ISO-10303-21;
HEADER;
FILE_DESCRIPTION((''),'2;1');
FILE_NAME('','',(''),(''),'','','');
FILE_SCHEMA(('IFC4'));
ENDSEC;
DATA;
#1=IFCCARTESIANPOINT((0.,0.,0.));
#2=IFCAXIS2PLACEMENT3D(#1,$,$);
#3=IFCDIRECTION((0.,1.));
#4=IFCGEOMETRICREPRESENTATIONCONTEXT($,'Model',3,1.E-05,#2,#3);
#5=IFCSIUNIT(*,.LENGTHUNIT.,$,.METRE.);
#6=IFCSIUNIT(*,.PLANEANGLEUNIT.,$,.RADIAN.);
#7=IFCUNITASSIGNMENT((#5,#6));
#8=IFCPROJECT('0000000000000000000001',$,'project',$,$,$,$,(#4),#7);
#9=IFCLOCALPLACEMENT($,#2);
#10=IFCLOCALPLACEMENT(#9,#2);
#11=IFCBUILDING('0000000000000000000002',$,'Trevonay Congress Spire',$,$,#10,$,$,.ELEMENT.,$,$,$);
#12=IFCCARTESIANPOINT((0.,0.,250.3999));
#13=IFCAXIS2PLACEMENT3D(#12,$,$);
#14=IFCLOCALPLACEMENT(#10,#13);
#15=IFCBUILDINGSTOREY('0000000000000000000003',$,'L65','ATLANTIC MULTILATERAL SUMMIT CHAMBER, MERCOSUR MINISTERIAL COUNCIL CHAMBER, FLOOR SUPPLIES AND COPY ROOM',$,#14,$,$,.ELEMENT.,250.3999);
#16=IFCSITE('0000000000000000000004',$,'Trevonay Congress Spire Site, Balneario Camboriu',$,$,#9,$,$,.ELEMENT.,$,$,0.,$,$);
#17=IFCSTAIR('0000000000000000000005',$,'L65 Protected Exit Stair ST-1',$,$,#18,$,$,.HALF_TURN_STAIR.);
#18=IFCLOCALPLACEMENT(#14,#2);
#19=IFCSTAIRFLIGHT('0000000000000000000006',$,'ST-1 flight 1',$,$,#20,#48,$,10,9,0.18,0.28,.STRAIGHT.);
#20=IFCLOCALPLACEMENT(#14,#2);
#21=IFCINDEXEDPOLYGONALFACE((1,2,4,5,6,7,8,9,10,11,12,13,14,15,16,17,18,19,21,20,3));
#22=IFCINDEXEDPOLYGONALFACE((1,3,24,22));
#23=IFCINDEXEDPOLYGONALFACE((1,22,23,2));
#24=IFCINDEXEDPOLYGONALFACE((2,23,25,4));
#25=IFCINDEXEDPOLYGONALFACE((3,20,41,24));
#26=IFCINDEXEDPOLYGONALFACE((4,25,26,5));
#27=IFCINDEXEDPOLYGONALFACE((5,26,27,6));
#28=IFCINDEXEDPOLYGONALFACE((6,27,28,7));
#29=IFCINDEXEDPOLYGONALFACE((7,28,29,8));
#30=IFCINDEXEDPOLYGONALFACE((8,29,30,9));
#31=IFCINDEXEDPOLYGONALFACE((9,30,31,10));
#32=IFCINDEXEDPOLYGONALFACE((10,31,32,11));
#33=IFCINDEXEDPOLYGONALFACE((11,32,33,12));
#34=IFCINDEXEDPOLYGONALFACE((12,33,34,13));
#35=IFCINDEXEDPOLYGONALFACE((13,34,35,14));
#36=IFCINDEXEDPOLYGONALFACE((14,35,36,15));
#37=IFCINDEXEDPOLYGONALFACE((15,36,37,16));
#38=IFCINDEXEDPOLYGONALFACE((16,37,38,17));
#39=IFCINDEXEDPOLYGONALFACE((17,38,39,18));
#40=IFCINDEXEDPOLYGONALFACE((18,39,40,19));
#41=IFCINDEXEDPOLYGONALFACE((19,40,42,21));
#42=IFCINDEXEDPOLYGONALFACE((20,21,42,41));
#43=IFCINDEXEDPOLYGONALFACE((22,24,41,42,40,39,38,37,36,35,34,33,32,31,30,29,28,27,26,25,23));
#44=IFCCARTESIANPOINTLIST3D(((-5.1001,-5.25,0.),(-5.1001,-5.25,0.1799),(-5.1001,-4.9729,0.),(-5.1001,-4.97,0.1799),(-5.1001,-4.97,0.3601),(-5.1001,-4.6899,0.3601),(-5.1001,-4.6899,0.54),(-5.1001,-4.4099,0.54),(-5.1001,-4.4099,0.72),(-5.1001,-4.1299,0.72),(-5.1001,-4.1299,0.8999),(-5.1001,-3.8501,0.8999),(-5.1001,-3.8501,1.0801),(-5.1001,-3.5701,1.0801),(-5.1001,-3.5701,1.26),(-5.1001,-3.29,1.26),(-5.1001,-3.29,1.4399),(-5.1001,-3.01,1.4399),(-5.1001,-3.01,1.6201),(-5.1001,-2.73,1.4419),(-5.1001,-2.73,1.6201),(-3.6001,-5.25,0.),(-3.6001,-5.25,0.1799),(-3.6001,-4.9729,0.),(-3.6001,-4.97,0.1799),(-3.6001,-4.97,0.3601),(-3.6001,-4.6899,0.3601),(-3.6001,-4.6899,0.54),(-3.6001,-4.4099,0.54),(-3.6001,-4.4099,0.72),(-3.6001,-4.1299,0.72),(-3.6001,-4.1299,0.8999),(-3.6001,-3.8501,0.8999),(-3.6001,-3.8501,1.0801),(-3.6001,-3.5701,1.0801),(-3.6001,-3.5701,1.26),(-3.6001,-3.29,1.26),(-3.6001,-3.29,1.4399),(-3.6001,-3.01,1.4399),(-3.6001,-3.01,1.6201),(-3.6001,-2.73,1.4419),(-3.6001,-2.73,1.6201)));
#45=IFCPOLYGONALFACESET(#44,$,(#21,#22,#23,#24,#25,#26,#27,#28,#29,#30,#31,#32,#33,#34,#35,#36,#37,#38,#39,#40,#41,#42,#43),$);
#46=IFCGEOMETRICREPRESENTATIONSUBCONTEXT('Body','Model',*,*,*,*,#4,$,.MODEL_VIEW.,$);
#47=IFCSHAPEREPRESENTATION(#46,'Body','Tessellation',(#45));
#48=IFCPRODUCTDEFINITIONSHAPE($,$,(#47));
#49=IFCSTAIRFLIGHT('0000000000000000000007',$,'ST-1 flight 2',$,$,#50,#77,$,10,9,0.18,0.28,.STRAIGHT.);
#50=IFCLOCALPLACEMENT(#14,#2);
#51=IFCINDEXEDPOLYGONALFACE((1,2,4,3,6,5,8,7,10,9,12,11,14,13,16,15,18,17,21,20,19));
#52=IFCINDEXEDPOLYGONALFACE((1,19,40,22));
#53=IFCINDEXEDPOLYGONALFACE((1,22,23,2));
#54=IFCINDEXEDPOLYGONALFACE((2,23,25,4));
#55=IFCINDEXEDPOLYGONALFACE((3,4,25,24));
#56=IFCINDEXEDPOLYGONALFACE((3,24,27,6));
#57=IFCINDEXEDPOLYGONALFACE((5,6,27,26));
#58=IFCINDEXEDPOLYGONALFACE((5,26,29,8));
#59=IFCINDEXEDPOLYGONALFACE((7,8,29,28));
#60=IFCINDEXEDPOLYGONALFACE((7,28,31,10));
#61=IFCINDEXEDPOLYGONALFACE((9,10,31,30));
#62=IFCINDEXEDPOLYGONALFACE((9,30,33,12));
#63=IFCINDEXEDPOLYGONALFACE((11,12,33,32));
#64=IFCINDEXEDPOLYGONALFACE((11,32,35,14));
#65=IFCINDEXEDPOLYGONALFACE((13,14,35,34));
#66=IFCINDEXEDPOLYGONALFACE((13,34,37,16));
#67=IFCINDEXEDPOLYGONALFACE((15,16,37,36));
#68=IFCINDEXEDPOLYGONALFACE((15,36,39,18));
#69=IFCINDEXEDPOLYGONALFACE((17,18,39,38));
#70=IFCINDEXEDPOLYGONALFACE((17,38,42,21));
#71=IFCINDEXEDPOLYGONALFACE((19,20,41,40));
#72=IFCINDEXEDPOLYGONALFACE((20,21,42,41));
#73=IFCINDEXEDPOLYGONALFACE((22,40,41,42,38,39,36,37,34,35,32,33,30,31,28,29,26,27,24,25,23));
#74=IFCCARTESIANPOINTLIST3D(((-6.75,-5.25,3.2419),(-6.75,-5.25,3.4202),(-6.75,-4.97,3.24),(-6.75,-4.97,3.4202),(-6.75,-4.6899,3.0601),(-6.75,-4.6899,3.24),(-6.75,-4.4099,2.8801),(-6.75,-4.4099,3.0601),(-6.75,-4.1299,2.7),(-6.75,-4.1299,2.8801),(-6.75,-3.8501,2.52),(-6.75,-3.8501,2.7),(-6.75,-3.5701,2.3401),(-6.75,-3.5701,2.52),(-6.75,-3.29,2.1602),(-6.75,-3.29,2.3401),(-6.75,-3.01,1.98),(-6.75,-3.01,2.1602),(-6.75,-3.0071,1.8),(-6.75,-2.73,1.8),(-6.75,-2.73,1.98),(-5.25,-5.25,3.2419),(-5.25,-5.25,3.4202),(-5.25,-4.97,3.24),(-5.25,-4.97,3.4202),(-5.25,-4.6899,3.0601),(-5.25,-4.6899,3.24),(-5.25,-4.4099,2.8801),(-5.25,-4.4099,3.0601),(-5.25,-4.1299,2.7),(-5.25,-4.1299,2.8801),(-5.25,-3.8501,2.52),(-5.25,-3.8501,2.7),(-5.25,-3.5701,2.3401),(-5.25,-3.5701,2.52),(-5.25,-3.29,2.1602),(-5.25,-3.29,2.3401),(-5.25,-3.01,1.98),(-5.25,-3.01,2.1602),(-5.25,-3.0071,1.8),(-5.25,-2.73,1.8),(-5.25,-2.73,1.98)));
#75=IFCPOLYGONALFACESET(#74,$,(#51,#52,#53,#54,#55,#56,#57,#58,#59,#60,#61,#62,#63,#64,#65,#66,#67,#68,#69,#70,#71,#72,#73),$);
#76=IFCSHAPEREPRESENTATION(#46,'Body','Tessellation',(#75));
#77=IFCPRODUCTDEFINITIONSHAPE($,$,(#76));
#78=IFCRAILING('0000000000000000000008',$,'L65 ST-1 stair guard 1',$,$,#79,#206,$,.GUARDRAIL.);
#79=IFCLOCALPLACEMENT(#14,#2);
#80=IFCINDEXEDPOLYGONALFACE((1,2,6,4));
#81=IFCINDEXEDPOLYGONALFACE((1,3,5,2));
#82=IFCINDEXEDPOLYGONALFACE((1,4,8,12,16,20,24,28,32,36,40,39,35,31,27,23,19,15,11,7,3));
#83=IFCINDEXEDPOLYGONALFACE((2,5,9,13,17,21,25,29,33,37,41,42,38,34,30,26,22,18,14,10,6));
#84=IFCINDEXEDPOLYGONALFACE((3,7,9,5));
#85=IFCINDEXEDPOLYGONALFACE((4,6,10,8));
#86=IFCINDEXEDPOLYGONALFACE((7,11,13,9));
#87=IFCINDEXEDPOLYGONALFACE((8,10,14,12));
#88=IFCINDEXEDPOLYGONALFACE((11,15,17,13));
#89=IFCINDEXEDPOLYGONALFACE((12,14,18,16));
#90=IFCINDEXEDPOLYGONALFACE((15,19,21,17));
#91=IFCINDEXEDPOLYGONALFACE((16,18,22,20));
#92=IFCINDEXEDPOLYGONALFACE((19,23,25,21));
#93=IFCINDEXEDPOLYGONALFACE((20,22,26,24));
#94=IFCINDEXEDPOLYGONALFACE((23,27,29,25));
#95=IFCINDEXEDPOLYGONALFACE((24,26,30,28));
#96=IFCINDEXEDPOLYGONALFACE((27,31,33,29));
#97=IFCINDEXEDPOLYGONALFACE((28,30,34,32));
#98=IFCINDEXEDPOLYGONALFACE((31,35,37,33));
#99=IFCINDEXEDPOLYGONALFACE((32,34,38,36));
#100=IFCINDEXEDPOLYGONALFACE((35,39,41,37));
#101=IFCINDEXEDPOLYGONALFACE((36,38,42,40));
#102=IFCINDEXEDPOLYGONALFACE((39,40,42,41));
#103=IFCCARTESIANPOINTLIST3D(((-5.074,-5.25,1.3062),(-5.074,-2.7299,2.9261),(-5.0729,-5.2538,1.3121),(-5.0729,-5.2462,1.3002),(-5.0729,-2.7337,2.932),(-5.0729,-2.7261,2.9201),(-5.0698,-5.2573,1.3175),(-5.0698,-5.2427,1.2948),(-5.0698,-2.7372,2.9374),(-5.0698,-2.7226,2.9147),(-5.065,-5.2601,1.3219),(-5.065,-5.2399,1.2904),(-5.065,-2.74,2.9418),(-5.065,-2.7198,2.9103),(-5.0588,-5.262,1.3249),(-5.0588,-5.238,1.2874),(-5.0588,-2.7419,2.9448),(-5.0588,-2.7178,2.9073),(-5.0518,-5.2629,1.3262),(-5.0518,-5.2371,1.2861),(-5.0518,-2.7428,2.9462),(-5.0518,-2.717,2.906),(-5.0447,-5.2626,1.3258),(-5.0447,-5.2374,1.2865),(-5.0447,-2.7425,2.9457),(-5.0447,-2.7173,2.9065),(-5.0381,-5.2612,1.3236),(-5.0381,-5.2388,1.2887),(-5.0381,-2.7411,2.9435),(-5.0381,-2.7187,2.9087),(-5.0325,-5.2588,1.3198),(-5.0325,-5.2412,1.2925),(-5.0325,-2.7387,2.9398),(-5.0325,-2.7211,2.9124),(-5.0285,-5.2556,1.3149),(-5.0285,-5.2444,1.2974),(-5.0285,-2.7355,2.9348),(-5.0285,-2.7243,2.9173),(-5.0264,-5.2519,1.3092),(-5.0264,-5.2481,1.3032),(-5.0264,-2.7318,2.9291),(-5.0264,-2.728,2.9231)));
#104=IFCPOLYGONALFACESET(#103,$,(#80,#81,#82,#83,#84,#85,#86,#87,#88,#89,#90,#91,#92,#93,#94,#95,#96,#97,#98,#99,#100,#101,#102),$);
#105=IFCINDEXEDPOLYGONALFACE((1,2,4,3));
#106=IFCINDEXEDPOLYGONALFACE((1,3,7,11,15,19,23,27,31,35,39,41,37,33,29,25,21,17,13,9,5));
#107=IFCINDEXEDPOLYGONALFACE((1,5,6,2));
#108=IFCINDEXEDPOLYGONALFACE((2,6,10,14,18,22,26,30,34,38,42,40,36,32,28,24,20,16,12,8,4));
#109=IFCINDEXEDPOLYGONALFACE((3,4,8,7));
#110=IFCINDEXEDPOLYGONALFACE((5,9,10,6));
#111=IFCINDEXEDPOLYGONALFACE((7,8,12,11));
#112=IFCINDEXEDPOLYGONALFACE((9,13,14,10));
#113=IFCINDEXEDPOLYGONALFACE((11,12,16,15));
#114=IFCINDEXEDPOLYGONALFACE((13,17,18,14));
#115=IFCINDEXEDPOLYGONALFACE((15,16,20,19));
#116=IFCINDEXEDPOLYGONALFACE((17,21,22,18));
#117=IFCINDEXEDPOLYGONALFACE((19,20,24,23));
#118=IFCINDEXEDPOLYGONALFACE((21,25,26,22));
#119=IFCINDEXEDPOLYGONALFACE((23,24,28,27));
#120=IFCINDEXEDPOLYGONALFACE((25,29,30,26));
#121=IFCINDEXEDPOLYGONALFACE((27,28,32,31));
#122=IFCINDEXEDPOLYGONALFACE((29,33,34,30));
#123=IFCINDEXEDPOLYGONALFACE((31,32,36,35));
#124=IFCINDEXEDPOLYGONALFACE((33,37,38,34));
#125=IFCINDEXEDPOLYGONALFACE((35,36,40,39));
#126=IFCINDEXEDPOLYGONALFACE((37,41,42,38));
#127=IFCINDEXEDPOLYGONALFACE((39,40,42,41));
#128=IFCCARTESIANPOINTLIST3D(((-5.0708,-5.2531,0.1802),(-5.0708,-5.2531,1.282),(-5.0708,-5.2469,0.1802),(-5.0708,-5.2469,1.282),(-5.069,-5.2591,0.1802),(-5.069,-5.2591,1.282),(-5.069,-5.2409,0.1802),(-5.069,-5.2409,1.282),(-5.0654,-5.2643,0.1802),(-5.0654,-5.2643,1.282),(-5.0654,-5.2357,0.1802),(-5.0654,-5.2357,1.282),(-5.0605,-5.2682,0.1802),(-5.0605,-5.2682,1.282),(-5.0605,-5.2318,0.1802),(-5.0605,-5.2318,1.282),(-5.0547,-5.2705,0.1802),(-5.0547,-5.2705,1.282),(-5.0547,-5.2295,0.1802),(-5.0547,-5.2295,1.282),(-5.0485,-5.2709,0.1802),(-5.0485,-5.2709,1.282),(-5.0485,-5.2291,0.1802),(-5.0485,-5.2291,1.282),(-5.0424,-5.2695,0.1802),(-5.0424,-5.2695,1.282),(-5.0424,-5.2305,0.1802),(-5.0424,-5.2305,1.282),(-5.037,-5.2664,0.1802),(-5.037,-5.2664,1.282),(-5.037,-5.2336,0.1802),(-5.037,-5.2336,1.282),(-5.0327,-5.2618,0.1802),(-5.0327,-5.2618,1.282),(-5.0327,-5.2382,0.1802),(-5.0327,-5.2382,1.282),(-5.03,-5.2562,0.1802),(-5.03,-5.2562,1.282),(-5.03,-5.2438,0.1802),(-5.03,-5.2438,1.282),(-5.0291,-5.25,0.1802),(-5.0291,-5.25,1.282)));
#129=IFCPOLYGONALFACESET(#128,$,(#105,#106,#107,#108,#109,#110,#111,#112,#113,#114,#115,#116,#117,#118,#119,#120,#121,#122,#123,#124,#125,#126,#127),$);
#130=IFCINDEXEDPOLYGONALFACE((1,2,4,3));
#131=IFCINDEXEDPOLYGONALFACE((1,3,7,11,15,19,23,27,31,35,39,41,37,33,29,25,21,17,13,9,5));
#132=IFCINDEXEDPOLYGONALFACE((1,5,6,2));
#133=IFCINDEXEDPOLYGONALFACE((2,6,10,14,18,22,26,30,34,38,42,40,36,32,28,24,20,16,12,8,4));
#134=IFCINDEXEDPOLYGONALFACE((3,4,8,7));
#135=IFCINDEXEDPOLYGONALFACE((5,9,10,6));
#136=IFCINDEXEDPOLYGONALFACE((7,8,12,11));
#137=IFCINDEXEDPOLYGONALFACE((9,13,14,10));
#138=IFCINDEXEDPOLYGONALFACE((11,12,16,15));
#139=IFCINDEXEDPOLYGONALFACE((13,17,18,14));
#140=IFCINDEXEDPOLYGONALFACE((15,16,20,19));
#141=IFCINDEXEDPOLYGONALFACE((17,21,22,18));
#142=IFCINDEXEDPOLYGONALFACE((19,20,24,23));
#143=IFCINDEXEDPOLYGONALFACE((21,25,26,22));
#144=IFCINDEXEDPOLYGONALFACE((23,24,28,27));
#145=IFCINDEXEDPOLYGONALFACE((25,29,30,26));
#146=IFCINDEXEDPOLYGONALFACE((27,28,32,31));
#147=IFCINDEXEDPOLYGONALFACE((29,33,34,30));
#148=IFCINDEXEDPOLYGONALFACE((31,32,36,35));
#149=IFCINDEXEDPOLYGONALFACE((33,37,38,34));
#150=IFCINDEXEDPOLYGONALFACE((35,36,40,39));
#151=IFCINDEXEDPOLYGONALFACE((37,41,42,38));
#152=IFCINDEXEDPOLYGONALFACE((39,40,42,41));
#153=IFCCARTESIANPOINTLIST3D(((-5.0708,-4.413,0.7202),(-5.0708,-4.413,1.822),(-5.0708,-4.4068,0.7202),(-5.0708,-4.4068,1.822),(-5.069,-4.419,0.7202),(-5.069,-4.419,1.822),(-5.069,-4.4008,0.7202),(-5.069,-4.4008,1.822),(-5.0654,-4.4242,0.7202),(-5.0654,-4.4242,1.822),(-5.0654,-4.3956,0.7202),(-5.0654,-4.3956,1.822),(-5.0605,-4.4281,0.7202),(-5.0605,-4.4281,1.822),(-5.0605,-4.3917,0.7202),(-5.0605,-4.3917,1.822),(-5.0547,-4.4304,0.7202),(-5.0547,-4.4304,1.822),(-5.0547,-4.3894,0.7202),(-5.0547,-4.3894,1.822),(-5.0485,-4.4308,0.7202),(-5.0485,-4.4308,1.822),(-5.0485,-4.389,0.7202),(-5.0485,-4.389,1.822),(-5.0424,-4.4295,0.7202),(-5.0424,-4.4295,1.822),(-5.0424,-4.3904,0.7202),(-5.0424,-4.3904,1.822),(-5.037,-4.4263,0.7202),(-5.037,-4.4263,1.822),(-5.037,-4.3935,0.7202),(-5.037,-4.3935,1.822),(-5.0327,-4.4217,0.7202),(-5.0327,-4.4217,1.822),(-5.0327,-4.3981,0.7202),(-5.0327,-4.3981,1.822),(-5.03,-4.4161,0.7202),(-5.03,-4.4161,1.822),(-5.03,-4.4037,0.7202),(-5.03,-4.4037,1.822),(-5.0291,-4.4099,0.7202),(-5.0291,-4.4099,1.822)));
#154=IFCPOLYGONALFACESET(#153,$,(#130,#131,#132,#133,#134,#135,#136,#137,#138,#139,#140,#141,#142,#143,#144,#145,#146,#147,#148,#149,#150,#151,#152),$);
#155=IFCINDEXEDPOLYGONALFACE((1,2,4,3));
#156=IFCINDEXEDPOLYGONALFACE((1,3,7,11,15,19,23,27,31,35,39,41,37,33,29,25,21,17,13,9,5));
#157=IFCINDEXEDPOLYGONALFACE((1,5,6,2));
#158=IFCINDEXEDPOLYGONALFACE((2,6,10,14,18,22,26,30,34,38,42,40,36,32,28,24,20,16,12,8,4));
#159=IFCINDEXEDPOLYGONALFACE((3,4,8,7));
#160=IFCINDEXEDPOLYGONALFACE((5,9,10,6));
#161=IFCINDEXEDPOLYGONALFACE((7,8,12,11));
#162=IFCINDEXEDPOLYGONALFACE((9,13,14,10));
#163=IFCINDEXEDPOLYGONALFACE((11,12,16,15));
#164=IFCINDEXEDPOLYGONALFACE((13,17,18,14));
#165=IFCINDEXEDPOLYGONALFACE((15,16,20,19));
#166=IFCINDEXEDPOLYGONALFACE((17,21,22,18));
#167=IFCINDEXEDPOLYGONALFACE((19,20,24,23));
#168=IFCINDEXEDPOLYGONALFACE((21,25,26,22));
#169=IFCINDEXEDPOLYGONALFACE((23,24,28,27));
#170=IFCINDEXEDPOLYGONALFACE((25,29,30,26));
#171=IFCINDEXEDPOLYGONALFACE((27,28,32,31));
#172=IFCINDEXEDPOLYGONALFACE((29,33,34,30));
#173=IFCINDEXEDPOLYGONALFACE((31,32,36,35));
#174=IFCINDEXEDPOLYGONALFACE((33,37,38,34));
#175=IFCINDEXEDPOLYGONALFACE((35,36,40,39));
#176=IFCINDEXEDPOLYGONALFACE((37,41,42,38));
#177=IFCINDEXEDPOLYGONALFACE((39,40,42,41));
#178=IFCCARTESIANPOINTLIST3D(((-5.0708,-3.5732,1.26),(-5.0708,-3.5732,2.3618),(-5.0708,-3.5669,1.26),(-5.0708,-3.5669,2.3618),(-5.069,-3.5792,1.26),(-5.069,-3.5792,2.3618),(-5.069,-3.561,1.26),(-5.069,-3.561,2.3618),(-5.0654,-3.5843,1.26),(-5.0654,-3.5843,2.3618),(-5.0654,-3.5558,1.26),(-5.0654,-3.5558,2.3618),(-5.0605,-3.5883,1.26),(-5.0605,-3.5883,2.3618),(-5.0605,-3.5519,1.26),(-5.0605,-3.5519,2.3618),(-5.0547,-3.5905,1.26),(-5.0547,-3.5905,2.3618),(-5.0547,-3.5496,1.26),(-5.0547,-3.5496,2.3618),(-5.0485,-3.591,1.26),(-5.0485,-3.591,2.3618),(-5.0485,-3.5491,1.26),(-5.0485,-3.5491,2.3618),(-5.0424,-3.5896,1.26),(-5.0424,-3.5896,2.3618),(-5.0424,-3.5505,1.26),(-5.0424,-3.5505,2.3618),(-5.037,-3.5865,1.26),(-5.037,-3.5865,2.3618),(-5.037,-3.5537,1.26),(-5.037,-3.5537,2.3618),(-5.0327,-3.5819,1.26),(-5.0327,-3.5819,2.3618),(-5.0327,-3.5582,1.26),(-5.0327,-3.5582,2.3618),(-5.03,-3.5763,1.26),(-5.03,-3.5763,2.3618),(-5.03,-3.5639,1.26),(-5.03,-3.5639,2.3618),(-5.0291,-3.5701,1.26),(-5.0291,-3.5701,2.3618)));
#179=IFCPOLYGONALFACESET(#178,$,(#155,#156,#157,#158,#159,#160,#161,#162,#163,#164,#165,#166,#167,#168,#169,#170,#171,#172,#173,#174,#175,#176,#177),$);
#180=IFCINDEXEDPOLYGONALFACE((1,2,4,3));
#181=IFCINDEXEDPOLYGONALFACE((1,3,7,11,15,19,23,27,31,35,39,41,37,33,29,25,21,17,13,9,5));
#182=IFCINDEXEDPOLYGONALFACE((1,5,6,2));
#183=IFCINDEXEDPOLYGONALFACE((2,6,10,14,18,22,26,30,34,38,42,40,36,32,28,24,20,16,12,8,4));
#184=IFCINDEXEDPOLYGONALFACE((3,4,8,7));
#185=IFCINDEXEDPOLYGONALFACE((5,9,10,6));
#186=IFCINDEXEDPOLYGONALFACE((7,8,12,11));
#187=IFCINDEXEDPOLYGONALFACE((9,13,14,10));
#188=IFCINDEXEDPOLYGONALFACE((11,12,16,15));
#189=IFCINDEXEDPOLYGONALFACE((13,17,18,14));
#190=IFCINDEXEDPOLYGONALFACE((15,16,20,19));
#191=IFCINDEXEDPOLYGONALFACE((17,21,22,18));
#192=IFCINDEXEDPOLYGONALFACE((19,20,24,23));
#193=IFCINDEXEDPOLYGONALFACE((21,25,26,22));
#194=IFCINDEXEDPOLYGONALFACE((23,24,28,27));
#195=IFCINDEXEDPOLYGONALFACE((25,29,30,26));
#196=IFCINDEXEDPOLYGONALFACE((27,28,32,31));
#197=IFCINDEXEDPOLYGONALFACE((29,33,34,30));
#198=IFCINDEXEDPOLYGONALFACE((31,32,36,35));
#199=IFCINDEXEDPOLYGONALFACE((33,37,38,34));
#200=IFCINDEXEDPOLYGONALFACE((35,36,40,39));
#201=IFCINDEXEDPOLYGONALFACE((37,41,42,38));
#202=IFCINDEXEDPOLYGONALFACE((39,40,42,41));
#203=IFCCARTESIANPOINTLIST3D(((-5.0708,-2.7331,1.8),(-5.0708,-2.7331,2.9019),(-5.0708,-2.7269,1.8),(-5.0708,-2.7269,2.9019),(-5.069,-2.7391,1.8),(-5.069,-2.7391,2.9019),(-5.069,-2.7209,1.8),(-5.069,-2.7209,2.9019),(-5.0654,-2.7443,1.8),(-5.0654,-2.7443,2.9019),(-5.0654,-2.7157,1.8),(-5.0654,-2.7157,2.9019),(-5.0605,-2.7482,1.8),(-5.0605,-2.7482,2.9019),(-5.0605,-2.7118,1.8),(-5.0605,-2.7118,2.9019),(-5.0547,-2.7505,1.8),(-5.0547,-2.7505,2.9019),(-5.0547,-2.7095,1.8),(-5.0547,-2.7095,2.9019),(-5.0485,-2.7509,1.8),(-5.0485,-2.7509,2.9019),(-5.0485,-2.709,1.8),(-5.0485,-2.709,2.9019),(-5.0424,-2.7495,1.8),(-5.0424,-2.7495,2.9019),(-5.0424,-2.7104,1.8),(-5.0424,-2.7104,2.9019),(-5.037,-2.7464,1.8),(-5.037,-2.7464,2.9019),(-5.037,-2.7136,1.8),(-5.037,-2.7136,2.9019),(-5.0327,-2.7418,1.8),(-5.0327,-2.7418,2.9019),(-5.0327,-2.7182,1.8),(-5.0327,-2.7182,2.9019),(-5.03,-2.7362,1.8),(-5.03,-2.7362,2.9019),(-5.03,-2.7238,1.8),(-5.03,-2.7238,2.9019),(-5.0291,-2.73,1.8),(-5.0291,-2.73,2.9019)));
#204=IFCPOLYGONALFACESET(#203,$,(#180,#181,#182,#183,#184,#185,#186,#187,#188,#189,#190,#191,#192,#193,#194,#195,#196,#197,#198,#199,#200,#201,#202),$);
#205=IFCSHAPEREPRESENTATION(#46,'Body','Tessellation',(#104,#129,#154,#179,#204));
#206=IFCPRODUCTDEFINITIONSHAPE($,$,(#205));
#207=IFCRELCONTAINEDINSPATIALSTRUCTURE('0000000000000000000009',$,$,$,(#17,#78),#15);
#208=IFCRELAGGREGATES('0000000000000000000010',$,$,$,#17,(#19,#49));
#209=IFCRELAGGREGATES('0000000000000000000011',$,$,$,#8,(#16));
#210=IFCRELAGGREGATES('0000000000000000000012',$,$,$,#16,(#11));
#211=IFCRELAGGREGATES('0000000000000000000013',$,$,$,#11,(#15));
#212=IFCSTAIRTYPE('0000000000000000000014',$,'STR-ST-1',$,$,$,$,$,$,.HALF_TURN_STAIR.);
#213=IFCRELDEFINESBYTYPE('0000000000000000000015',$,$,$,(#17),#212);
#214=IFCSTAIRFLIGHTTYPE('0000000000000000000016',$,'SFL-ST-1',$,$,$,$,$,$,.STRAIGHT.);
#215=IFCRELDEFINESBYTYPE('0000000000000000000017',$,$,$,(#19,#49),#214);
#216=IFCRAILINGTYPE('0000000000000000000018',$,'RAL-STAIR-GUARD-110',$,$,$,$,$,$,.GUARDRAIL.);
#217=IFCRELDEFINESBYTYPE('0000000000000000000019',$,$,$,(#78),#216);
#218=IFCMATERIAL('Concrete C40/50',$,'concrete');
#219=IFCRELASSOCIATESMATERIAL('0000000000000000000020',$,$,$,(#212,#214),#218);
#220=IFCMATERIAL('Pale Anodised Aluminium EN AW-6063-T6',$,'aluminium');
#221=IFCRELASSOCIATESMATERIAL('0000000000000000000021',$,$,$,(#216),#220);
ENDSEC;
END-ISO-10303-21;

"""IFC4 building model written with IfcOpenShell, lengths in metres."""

from ifc_helpers import new_model, si_unit, direction, frame, origin, origin_2d, place, context, subcontext, project, spatial, polyline, circle, outline, extrude, material, type_object, element, aggregate, save


model = new_model("IFC4")

# Units and contexts
model_context = context("Model", 3, precision=1e-05, world=origin(), true_north=direction((0.0, 1.0)))
body_context = subcontext(model_context, "Body", "Model", "MODEL_VIEW")
ifc_project = project(units=[si_unit("LENGTHUNIT", "METRE"), si_unit("PLANEANGLEUNIT", "RADIAN")], contexts=[model_context])

# Site, building, storey
site_placement = place(None, origin())
site = spatial("IfcSite", under=ifc_project, at=site_placement, Name="Trevonay Congress Spire Site, Balneario Camboriu", CompositionType="ELEMENT", RefElevation=0.0)
building_placement = place(site_placement, origin())
building = spatial("IfcBuilding", under=site, at=building_placement, Name="Trevonay Congress Spire", CompositionType="ELEMENT")
storey_placement = place(building_placement, frame((0.0, 0.0, 250.3999)))
storey = spatial("IfcBuildingStorey", under=building, at=storey_placement, Name="L65", Description="ATLANTIC MULTILATERAL SUMMIT CHAMBER, MERCOSUR MINISTERIAL COUNCIL CHAMBER, FLOOR SUPPLIES AND COPY ROOM", CompositionType="ELEMENT", Elevation=250.3999)

# Shared definitions
ifc_material_1 = material(Name="Concrete C40/50", Category="concrete")

# Stair, stair flights
stair_type = type_object("IfcStairType", Name="STR-ST-1", PredefinedType="HALF_TURN_STAIR", material=ifc_material_1)
stair_placement = place(storey_placement, origin())
stair = element("IfcStair", 1, at=stair_placement, inside=storey, type_object=stair_type, Name="L65 Protected Exit Stair ST-1", PredefinedType="HALF_TURN_STAIR")
stair_flight_type = type_object("IfcStairFlightType", Name="SFL-ST-1", PredefinedType="STRAIGHT", material=ifc_material_1)
stair_flight_1_placement = place(storey_placement, frame((-4.3501, -5.25, 0.0), z_axis=(0.0, 0.0, 1.0), x_axis=(0.0, 1.0, 0.0)))
stair_flight_1 = element("IfcStairFlight", 2, at=stair_flight_1_placement, type_object=stair_flight_type, Name="ST-1 flight 1", NumberOfRisers=10, NumberOfTreads=9, PredefinedType="STRAIGHT", RiserHeight=0.18, TreadLength=0.28, context=body_context, shape_type="SweptSolid", body=[
    extrude(outline(polyline([(0.0, 0.0), (0.0, 0.1799), (0.28, 0.1799), (0.28, 0.3601), (0.5601, 0.3601), (0.5601, 0.54), (0.8401, 0.54), (0.8401, 0.72), (1.1201, 0.72), (1.1201, 0.8999), (1.3999, 0.8999), (1.3999, 1.0801), (1.6799, 1.0801), (1.6799, 1.26), (1.96, 1.26), (1.96, 1.4399), (2.24, 1.4399), (2.24, 1.6201), (2.52, 1.6201), (2.52, 1.8), (2.52, 1.4419), (0.2771, 0.0), (0.0, 0.0)])), frame((0.0, 0.75, 0.0), z_axis=(0.0, -1.0, 0.0), x_axis=(1.0, 0.0, 0.0)), (0.0, 0.0, 1.0), 1.5),
])
stair_flight_2_placement = place(storey_placement, frame((-6.0, -2.73, 1.8), z_axis=(0.0, 0.0, 1.0), x_axis=(0.0, -1.0, 0.0)))
stair_flight_2 = element("IfcStairFlight", 3, at=stair_flight_2_placement, type_object=stair_flight_type, Name="ST-1 flight 2", NumberOfRisers=10, NumberOfTreads=9, PredefinedType="STRAIGHT", RiserHeight=0.18, TreadLength=0.28, context=body_context, shape_type="SweptSolid", body=[
    extrude(outline(polyline([(0.0, 0.0), (0.0, 0.1799), (0.28, 0.1799), (0.28, 0.3601), (0.5601, 0.3601), (0.5601, 0.54), (0.8401, 0.54), (0.8401, 0.72), (1.1201, 0.72), (1.1201, 0.8999), (1.3999, 0.8999), (1.3999, 1.0801), (1.6799, 1.0801), (1.6799, 1.26), (1.96, 1.26), (1.96, 1.4399), (2.24, 1.4399), (2.24, 1.6201), (2.52, 1.6201), (2.52, 1.8), (2.52, 1.4419), (0.2771, 0.0), (0.0, 0.0)])), frame((0.0, 0.75, 0.0), z_axis=(0.0, -1.0, 0.0), x_axis=(1.0, 0.0, 0.0)), (0.0, 0.0, 1.0), 1.5),
])
aggregate(stair, [stair_flight_1, stair_flight_2])

# Railing
ifc_material_2 = material(Name="Pale Anodised Aluminium EN AW-6063-T6", Category="aluminium")
railing_type_1 = type_object("IfcRailingType", Name="RAL-STAIR-GUARD-110", PredefinedType="GUARDRAIL", material=ifc_material_2)
railing_1_placement = place(storey_placement, frame((-5.05, -5.25, 0.1802)))
element("IfcRailing", 4, at=railing_1_placement, inside=storey, type_object=railing_type_1, Name="L65 ST-1 stair guard 1", PredefinedType="GUARDRAIL", context=body_context, shape_type="SweptSolid", body=[
    extrude(circle(Radius=0.0239, at=origin_2d()), frame((0.0, 0.0, 1.126), z_axis=(0.0, 0.8412, 0.540725), x_axis=(-1.0, 0.0, 0.0)), (0.0, 0.0, 1.0), 2.9958),
    extrude(circle(Radius=0.021, at=origin_2d()), origin(), (0.0, 0.0, 1.0), 1.1018),
    extrude(circle(Radius=0.021, at=origin_2d()), frame((0.0, 0.8401, 0.54)), (0.0, 0.0, 1.0), 1.1018),
    extrude(circle(Radius=0.021, at=origin_2d()), frame((0.0, 1.6799, 1.0798)), (0.0, 0.0, 1.0), 1.1018),
    extrude(circle(Radius=0.021, at=origin_2d()), frame((0.0, 2.52, 1.6199)), (0.0, 0.0, 1.0), 1.1018),
])

save(model, "model.ifc")
